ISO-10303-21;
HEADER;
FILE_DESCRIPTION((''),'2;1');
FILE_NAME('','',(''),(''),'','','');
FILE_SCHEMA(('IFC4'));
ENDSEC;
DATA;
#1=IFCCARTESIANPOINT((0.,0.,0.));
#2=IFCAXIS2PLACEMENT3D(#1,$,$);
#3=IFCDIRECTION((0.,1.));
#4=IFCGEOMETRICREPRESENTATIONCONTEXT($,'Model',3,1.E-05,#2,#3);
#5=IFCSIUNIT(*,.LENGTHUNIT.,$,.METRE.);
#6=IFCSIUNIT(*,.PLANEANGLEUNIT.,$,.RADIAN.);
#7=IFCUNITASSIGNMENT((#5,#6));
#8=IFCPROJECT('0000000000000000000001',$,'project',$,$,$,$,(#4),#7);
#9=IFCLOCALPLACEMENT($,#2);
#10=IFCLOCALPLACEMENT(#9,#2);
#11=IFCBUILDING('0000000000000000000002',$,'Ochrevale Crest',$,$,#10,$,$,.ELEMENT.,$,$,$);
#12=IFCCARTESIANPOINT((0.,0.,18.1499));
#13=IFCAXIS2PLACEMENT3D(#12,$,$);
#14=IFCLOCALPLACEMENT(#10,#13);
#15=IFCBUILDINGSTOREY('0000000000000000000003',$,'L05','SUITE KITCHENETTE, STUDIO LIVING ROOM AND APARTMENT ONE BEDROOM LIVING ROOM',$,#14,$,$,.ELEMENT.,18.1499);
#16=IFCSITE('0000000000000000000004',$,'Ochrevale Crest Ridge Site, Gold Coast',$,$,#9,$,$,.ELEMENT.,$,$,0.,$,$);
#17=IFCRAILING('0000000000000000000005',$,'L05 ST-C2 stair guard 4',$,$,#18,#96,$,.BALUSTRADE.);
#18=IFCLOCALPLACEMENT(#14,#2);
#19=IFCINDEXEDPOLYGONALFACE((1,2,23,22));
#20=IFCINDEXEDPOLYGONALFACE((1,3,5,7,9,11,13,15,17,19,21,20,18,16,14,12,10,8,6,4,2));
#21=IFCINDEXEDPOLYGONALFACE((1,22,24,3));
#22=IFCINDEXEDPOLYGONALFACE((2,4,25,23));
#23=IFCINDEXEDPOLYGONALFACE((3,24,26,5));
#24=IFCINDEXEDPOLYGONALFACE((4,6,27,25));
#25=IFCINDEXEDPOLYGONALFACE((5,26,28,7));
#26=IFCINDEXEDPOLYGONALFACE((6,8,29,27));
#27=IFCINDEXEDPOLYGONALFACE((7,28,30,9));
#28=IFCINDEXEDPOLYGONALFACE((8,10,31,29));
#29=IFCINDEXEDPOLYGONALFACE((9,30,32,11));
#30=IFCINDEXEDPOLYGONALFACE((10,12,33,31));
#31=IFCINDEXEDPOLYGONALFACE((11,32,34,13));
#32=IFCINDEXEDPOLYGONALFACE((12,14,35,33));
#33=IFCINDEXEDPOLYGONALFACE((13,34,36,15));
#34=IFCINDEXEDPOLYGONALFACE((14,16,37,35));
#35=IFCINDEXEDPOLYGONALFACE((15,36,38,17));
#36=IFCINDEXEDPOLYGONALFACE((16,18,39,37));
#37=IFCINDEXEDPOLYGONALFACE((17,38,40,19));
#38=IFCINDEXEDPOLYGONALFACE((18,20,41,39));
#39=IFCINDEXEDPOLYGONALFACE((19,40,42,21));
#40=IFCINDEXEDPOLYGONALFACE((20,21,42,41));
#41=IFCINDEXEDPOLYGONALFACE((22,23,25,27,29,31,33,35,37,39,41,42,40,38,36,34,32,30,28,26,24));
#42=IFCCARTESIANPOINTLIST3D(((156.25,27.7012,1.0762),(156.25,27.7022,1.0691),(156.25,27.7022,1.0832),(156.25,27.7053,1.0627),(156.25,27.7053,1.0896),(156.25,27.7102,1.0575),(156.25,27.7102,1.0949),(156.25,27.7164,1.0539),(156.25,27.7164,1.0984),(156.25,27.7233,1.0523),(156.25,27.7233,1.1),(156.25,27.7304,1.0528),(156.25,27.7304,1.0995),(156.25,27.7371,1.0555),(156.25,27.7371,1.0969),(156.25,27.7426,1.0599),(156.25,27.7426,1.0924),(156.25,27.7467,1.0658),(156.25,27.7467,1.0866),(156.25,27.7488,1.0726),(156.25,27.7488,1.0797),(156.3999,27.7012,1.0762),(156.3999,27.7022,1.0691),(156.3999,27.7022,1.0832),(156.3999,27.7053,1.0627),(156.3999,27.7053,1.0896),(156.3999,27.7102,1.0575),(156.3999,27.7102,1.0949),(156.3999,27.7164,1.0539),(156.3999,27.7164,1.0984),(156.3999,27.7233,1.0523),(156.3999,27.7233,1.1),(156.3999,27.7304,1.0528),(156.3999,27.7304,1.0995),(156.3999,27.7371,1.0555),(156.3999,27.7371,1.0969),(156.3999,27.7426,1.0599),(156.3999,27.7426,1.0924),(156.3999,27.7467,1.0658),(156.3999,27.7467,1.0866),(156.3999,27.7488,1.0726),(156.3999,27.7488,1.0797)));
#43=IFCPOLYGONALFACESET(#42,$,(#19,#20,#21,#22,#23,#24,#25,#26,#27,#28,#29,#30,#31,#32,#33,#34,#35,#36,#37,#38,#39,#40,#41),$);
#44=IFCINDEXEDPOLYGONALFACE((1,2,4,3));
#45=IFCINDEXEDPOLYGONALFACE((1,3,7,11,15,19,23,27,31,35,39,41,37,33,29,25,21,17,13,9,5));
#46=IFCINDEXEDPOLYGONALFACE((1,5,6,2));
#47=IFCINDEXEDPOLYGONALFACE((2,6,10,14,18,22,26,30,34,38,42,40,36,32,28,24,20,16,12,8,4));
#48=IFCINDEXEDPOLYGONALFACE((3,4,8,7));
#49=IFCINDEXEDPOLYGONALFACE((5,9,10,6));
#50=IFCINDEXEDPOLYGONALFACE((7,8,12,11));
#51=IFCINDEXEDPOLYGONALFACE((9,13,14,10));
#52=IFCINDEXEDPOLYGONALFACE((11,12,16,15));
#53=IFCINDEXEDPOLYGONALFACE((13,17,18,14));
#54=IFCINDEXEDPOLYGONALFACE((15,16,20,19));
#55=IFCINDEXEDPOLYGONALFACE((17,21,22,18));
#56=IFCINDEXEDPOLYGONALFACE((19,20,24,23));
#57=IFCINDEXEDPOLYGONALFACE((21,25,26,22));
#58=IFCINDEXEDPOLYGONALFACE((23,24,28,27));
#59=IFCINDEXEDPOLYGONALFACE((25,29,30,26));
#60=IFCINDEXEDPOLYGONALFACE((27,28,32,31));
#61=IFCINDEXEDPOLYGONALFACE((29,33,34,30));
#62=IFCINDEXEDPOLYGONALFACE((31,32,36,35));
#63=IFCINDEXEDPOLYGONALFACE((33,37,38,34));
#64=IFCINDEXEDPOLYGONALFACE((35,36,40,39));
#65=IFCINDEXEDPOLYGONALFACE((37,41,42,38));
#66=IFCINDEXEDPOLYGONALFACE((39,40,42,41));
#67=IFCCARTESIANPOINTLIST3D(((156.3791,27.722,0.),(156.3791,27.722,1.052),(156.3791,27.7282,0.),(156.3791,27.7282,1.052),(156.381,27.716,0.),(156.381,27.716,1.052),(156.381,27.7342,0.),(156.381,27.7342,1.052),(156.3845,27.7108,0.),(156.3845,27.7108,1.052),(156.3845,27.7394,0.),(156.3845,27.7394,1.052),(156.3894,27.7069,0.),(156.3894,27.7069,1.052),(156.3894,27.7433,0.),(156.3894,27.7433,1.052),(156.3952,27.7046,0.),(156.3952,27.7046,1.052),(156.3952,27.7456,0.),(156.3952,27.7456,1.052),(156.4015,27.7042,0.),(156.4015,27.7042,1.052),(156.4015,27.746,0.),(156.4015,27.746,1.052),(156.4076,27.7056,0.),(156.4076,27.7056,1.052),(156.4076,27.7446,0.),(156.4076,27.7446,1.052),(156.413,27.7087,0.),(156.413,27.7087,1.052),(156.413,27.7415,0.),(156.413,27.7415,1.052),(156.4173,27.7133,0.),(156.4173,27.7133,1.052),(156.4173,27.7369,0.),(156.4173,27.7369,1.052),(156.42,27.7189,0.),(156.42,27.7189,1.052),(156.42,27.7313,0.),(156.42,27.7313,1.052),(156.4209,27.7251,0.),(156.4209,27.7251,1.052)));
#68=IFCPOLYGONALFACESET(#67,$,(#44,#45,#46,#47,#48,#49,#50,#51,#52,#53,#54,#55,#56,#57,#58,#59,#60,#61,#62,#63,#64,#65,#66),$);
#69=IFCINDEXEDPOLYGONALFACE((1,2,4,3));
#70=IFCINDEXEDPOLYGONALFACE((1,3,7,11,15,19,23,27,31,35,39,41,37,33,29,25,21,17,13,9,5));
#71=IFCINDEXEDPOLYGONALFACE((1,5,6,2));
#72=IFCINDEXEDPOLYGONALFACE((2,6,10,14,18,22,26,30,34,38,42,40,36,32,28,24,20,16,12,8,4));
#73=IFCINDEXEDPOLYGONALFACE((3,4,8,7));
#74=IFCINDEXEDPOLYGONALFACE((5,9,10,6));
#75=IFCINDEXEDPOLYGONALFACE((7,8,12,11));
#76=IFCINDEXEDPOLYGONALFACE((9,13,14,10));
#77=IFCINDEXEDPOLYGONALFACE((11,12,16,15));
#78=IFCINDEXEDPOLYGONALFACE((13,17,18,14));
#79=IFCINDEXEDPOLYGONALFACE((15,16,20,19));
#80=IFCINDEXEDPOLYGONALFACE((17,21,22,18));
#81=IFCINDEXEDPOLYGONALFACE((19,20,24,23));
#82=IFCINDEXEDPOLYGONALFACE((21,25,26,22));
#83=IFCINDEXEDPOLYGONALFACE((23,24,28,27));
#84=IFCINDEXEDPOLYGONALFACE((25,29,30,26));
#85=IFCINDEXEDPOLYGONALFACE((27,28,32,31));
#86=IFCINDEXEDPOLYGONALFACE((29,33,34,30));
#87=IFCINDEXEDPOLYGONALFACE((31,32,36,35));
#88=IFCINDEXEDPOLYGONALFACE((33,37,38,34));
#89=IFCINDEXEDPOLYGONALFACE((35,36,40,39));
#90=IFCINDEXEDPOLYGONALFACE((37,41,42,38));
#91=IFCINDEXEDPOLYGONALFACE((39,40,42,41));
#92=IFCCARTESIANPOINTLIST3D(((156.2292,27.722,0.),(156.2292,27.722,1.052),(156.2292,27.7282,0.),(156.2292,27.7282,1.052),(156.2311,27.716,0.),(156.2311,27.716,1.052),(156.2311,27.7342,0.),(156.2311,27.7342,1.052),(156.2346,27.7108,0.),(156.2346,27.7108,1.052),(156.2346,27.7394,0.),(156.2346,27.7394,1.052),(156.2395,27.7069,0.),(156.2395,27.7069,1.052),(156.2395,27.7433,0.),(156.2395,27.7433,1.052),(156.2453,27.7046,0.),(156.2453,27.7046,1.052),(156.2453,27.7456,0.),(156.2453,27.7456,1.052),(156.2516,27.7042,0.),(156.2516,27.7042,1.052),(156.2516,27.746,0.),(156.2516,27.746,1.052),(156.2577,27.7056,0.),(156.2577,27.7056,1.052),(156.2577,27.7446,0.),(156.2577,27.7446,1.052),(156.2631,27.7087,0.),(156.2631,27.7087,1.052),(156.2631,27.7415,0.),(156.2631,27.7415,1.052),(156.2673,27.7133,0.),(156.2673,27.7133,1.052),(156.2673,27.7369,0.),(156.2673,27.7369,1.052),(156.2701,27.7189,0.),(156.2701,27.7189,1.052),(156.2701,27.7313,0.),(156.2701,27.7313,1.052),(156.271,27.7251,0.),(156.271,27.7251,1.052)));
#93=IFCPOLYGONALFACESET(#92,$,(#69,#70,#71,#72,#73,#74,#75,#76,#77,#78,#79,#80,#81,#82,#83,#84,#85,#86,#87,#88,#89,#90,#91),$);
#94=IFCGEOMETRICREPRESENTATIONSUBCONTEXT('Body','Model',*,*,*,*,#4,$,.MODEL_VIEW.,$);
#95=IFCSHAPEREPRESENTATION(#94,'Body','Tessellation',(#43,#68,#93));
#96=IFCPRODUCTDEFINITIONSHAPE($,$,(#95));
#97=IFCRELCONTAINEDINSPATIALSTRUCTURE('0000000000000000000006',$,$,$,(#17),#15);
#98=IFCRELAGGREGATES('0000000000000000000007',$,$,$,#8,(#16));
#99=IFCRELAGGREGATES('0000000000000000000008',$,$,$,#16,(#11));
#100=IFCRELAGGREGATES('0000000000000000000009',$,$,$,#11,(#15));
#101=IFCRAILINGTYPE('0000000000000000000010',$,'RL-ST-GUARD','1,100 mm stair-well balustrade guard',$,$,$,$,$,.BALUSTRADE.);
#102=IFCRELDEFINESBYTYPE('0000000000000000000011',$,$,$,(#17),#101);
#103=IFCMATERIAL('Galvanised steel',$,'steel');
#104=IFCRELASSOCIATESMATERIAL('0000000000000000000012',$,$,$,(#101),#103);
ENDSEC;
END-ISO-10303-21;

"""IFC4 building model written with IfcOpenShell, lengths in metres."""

from ifc_helpers import new_model, si_unit, direction, frame, origin, origin_2d, place, context, subcontext, project, spatial, circle, extrude, material, type_object, element, save


model = new_model("IFC4")

# Units and contexts
model_context = context("Model", 3, precision=1e-05, world=origin(), true_north=direction((0.0, 1.0)))
body_context = subcontext(model_context, "Body", "Model", "MODEL_VIEW")
ifc_project = project(units=[si_unit("LENGTHUNIT", "METRE"), si_unit("PLANEANGLEUNIT", "RADIAN")], contexts=[model_context])

# Site, building, storey
site_placement = place(None, origin())
site = spatial("IfcSite", under=ifc_project, at=site_placement, Name="Ochrevale Crest Ridge Site, Gold Coast", CompositionType="ELEMENT", RefElevation=0.0)
building_placement = place(site_placement, origin())
building = spatial("IfcBuilding", under=site, at=building_placement, Name="Ochrevale Crest", CompositionType="ELEMENT")
storey_placement = place(building_placement, frame((0.0, 0.0, 18.1499)))
storey = spatial("IfcBuildingStorey", under=building, at=storey_placement, Name="L05", Description="SUITE KITCHENETTE, STUDIO LIVING ROOM AND APARTMENT ONE BEDROOM LIVING ROOM", CompositionType="ELEMENT", Elevation=18.1499)

# Railing
ifc_material_1 = material(Name="Galvanised steel", Category="steel")
railing_type_1 = type_object("IfcRailingType", Name="RL-ST-GUARD", Description="1,100 mm stair-well balustrade guard", PredefinedType="BALUSTRADE", material=ifc_material_1)
railing_1_placement = place(storey_placement, frame((156.3999, 27.7251, 0.0)))
element("IfcRailing", 1, at=railing_1_placement, inside=storey, type_object=railing_type_1, Name="L05 ST-C2 stair guard 4", PredefinedType="BALUSTRADE", context=body_context, shape_type="SweptSolid", body=[
    extrude(circle(Radius=0.0239, at=origin_2d()), frame((0.0, 0.0, 1.0762), z_axis=(-1.0, 0.0, 0.0), x_axis=(0.0, -1.0, 0.0)), (0.0, 0.0, 1.0), 0.1499),
    extrude(circle(Radius=0.021, at=origin_2d()), origin(), (0.0, 0.0, 1.0), 1.052),
    extrude(circle(Radius=0.021, at=origin_2d()), frame((-0.1499, 0.0, 0.0)), (0.0, 0.0, 1.0), 1.052),
])

save(model, "model.ifc")
